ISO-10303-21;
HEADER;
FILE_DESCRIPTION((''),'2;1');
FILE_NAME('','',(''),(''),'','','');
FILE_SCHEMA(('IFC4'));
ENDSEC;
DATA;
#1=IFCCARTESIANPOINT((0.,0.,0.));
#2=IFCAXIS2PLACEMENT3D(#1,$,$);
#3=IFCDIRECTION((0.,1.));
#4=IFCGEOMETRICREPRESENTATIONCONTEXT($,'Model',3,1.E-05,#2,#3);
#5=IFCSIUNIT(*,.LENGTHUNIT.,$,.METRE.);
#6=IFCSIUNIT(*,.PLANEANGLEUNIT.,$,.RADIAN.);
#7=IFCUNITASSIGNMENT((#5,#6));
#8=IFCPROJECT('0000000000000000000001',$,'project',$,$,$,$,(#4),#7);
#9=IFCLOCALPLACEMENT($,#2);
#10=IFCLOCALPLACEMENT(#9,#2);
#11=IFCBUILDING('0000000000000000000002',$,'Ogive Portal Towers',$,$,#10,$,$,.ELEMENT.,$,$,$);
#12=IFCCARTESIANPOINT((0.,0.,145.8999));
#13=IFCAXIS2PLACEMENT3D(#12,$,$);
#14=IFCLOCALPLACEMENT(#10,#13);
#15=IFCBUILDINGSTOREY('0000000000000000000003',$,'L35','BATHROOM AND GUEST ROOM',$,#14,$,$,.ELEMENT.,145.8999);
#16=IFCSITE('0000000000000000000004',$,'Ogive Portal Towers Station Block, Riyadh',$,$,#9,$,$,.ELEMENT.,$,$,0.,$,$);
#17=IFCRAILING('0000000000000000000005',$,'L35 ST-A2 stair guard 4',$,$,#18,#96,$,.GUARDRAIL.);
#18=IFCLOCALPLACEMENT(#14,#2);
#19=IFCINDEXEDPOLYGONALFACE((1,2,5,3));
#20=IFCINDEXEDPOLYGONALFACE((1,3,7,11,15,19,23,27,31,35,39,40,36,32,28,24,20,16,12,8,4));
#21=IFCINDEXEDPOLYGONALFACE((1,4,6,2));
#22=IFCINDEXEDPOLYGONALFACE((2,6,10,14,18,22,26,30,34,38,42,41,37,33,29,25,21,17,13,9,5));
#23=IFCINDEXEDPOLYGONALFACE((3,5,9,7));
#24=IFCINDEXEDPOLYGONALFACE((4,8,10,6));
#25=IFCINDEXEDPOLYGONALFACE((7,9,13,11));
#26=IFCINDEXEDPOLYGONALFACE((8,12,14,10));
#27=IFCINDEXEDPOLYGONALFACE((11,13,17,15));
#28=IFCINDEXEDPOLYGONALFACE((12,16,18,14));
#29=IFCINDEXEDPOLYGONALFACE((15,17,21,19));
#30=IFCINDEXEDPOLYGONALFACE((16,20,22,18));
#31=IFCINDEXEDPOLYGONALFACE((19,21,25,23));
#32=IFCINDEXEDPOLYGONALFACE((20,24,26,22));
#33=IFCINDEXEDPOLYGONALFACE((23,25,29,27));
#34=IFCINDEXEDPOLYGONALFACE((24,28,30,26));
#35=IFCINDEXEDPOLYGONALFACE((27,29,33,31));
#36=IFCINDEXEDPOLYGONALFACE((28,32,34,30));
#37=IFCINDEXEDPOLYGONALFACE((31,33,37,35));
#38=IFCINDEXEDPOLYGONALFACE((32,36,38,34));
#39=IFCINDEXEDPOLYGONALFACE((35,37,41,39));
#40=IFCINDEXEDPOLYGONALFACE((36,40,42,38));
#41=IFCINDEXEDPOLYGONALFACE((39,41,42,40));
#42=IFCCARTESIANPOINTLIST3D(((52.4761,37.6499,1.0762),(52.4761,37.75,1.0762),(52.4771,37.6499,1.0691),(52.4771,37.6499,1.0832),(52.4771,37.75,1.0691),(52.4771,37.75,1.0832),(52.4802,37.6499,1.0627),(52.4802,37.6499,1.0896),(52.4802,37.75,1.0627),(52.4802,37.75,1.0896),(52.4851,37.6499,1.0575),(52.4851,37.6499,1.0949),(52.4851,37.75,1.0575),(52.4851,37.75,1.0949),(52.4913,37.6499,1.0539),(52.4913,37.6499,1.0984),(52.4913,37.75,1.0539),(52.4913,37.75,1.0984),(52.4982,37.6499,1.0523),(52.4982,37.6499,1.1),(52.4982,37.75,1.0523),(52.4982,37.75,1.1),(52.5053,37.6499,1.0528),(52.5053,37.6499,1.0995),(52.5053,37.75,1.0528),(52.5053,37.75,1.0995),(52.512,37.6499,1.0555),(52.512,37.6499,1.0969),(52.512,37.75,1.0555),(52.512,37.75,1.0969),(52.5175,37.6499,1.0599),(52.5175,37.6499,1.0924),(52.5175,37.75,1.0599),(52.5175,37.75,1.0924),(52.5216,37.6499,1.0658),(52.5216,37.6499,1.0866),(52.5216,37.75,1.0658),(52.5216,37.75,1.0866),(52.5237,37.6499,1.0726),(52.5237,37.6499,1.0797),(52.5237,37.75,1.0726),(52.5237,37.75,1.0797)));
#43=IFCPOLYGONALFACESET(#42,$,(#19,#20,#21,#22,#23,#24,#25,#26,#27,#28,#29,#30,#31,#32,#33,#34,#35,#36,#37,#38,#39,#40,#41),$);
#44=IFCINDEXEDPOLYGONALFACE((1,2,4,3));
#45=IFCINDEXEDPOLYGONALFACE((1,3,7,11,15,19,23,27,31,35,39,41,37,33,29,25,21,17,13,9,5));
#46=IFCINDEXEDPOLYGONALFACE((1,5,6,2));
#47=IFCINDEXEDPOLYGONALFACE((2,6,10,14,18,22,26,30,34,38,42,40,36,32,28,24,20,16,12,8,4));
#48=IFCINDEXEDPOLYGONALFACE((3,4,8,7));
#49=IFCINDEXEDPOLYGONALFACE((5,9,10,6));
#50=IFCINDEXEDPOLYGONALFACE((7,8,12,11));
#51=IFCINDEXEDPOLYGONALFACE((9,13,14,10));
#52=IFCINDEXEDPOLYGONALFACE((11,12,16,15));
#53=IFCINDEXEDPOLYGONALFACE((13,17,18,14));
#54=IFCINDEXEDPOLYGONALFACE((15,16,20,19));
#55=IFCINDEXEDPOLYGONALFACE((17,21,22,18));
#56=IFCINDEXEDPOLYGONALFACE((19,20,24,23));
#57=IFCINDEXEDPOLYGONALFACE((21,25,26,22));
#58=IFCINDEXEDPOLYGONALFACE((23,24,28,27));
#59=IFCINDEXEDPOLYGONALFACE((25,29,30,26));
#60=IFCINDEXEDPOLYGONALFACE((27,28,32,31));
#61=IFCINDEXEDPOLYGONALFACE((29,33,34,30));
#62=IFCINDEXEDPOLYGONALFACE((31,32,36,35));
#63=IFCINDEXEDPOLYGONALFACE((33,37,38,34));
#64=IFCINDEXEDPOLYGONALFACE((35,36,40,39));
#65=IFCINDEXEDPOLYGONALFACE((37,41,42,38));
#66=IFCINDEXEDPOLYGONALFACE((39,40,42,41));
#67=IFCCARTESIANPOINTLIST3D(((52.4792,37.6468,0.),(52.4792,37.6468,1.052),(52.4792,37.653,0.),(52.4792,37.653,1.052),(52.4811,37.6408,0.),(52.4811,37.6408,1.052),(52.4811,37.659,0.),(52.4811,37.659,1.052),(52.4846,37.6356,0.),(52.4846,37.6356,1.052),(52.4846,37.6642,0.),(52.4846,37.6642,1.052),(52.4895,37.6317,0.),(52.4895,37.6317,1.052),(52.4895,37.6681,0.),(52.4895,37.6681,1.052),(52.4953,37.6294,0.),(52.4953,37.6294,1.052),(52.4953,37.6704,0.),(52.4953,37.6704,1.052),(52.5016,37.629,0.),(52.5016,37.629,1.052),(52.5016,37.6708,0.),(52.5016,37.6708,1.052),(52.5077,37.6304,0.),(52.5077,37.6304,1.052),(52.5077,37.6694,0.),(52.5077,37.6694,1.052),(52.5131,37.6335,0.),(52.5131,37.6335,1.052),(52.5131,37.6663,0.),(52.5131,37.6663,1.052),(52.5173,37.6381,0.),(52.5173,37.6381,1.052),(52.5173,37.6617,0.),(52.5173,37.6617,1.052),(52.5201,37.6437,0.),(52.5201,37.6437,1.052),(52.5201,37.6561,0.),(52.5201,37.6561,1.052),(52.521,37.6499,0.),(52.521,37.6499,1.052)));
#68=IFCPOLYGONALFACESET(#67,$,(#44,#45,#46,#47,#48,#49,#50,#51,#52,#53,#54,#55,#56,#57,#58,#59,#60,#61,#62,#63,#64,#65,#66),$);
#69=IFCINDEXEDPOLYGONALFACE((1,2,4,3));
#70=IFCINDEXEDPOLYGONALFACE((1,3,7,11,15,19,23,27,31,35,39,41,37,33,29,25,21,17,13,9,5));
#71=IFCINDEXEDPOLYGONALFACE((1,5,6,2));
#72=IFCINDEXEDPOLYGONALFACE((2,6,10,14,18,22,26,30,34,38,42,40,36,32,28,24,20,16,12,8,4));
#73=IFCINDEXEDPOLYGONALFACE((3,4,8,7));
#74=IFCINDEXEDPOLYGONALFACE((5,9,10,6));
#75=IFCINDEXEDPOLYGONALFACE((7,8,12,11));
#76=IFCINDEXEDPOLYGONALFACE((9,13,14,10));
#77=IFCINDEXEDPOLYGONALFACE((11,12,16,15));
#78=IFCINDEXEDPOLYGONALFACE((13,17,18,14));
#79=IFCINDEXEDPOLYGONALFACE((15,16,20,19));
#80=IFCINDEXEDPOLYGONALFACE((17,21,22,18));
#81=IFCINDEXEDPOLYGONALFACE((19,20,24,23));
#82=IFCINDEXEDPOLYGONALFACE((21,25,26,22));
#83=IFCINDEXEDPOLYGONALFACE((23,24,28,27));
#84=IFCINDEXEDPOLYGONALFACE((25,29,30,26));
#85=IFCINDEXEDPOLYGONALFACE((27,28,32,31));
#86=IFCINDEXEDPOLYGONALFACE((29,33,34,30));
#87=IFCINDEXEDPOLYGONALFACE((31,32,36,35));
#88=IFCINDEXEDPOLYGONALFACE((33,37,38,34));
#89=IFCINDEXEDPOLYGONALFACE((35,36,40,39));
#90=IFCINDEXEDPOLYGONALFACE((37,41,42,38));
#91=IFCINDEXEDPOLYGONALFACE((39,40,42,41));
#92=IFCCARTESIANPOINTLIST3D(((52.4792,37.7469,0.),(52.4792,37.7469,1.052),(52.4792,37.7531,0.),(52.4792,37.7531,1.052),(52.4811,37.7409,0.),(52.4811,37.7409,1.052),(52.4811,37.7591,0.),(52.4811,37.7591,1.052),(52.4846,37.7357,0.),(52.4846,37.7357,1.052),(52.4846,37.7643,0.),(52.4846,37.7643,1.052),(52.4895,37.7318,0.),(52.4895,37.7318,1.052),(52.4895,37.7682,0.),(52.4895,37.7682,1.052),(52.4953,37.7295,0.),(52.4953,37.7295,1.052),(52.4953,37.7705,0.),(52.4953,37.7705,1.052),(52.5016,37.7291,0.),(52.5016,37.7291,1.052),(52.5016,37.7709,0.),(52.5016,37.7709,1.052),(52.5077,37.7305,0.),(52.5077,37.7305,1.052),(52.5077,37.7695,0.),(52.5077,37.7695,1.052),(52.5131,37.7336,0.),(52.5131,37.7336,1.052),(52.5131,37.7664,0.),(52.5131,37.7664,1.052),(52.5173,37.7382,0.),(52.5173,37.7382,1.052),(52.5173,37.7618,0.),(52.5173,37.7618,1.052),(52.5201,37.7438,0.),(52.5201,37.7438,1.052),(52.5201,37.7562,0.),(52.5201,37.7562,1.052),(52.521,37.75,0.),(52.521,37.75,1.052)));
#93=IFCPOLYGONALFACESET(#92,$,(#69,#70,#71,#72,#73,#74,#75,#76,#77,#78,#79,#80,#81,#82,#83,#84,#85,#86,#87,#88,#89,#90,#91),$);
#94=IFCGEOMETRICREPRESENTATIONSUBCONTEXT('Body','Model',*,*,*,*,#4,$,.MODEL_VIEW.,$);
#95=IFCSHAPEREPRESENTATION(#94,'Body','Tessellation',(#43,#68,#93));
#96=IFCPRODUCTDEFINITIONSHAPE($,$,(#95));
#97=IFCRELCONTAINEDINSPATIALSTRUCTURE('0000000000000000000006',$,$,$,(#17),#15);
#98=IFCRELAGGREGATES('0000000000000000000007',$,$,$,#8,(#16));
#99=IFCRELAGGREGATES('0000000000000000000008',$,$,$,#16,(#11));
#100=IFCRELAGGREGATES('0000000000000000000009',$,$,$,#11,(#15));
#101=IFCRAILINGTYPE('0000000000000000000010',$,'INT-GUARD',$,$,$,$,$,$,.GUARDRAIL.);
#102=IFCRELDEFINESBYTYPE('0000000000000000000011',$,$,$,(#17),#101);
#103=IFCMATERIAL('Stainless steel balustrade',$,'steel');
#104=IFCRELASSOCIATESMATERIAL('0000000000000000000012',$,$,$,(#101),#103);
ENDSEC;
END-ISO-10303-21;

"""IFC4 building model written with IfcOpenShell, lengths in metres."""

from ifc_helpers import new_model, si_unit, direction, frame, origin, origin_2d, place, context, subcontext, project, spatial, circle, extrude, material, type_object, element, save


model = new_model("IFC4")

# Units and contexts
model_context = context("Model", 3, precision=1e-05, world=origin(), true_north=direction((0.0, 1.0)))
body_context = subcontext(model_context, "Body", "Model", "MODEL_VIEW")
ifc_project = project(units=[si_unit("LENGTHUNIT", "METRE"), si_unit("PLANEANGLEUNIT", "RADIAN")], contexts=[model_context])

# Site, building, storey
site_placement = place(None, origin())
site = spatial("IfcSite", under=ifc_project, at=site_placement, Name="Ogive Portal Towers Station Block, Riyadh", CompositionType="ELEMENT", RefElevation=0.0)
building_placement = place(site_placement, origin())
building = spatial("IfcBuilding", under=site, at=building_placement, Name="Ogive Portal Towers", CompositionType="ELEMENT")
storey_placement = place(building_placement, frame((0.0, 0.0, 145.8999)))
storey = spatial("IfcBuildingStorey", under=building, at=storey_placement, Name="L35", Description="BATHROOM AND GUEST ROOM", CompositionType="ELEMENT", Elevation=145.8999)

# Railing
ifc_material_1 = material(Name="Stainless steel balustrade", Category="steel")
railing_type_1 = type_object("IfcRailingType", Name="INT-GUARD", PredefinedType="GUARDRAIL", material=ifc_material_1)
railing_1_placement = place(storey_placement, frame((52.5, 37.6499, 0.0)))
element("IfcRailing", 1, at=railing_1_placement, inside=storey, type_object=railing_type_1, Name="L35 ST-A2 stair guard 4", PredefinedType="GUARDRAIL", context=body_context, shape_type="SweptSolid", body=[
    extrude(circle(Radius=0.0239, at=origin_2d()), frame((0.0, 0.0, 1.0762), z_axis=(0.0, 1.0, 0.0), x_axis=(-1.0, 0.0, 0.0)), (0.0, 0.0, 1.0), 0.1001),
    extrude(circle(Radius=0.021, at=origin_2d()), origin(), (0.0, 0.0, 1.0), 1.052),
    extrude(circle(Radius=0.021, at=origin_2d()), frame((0.0, 0.1001, 0.0)), (0.0, 0.0, 1.0), 1.052),
])

save(model, "model.ifc")
